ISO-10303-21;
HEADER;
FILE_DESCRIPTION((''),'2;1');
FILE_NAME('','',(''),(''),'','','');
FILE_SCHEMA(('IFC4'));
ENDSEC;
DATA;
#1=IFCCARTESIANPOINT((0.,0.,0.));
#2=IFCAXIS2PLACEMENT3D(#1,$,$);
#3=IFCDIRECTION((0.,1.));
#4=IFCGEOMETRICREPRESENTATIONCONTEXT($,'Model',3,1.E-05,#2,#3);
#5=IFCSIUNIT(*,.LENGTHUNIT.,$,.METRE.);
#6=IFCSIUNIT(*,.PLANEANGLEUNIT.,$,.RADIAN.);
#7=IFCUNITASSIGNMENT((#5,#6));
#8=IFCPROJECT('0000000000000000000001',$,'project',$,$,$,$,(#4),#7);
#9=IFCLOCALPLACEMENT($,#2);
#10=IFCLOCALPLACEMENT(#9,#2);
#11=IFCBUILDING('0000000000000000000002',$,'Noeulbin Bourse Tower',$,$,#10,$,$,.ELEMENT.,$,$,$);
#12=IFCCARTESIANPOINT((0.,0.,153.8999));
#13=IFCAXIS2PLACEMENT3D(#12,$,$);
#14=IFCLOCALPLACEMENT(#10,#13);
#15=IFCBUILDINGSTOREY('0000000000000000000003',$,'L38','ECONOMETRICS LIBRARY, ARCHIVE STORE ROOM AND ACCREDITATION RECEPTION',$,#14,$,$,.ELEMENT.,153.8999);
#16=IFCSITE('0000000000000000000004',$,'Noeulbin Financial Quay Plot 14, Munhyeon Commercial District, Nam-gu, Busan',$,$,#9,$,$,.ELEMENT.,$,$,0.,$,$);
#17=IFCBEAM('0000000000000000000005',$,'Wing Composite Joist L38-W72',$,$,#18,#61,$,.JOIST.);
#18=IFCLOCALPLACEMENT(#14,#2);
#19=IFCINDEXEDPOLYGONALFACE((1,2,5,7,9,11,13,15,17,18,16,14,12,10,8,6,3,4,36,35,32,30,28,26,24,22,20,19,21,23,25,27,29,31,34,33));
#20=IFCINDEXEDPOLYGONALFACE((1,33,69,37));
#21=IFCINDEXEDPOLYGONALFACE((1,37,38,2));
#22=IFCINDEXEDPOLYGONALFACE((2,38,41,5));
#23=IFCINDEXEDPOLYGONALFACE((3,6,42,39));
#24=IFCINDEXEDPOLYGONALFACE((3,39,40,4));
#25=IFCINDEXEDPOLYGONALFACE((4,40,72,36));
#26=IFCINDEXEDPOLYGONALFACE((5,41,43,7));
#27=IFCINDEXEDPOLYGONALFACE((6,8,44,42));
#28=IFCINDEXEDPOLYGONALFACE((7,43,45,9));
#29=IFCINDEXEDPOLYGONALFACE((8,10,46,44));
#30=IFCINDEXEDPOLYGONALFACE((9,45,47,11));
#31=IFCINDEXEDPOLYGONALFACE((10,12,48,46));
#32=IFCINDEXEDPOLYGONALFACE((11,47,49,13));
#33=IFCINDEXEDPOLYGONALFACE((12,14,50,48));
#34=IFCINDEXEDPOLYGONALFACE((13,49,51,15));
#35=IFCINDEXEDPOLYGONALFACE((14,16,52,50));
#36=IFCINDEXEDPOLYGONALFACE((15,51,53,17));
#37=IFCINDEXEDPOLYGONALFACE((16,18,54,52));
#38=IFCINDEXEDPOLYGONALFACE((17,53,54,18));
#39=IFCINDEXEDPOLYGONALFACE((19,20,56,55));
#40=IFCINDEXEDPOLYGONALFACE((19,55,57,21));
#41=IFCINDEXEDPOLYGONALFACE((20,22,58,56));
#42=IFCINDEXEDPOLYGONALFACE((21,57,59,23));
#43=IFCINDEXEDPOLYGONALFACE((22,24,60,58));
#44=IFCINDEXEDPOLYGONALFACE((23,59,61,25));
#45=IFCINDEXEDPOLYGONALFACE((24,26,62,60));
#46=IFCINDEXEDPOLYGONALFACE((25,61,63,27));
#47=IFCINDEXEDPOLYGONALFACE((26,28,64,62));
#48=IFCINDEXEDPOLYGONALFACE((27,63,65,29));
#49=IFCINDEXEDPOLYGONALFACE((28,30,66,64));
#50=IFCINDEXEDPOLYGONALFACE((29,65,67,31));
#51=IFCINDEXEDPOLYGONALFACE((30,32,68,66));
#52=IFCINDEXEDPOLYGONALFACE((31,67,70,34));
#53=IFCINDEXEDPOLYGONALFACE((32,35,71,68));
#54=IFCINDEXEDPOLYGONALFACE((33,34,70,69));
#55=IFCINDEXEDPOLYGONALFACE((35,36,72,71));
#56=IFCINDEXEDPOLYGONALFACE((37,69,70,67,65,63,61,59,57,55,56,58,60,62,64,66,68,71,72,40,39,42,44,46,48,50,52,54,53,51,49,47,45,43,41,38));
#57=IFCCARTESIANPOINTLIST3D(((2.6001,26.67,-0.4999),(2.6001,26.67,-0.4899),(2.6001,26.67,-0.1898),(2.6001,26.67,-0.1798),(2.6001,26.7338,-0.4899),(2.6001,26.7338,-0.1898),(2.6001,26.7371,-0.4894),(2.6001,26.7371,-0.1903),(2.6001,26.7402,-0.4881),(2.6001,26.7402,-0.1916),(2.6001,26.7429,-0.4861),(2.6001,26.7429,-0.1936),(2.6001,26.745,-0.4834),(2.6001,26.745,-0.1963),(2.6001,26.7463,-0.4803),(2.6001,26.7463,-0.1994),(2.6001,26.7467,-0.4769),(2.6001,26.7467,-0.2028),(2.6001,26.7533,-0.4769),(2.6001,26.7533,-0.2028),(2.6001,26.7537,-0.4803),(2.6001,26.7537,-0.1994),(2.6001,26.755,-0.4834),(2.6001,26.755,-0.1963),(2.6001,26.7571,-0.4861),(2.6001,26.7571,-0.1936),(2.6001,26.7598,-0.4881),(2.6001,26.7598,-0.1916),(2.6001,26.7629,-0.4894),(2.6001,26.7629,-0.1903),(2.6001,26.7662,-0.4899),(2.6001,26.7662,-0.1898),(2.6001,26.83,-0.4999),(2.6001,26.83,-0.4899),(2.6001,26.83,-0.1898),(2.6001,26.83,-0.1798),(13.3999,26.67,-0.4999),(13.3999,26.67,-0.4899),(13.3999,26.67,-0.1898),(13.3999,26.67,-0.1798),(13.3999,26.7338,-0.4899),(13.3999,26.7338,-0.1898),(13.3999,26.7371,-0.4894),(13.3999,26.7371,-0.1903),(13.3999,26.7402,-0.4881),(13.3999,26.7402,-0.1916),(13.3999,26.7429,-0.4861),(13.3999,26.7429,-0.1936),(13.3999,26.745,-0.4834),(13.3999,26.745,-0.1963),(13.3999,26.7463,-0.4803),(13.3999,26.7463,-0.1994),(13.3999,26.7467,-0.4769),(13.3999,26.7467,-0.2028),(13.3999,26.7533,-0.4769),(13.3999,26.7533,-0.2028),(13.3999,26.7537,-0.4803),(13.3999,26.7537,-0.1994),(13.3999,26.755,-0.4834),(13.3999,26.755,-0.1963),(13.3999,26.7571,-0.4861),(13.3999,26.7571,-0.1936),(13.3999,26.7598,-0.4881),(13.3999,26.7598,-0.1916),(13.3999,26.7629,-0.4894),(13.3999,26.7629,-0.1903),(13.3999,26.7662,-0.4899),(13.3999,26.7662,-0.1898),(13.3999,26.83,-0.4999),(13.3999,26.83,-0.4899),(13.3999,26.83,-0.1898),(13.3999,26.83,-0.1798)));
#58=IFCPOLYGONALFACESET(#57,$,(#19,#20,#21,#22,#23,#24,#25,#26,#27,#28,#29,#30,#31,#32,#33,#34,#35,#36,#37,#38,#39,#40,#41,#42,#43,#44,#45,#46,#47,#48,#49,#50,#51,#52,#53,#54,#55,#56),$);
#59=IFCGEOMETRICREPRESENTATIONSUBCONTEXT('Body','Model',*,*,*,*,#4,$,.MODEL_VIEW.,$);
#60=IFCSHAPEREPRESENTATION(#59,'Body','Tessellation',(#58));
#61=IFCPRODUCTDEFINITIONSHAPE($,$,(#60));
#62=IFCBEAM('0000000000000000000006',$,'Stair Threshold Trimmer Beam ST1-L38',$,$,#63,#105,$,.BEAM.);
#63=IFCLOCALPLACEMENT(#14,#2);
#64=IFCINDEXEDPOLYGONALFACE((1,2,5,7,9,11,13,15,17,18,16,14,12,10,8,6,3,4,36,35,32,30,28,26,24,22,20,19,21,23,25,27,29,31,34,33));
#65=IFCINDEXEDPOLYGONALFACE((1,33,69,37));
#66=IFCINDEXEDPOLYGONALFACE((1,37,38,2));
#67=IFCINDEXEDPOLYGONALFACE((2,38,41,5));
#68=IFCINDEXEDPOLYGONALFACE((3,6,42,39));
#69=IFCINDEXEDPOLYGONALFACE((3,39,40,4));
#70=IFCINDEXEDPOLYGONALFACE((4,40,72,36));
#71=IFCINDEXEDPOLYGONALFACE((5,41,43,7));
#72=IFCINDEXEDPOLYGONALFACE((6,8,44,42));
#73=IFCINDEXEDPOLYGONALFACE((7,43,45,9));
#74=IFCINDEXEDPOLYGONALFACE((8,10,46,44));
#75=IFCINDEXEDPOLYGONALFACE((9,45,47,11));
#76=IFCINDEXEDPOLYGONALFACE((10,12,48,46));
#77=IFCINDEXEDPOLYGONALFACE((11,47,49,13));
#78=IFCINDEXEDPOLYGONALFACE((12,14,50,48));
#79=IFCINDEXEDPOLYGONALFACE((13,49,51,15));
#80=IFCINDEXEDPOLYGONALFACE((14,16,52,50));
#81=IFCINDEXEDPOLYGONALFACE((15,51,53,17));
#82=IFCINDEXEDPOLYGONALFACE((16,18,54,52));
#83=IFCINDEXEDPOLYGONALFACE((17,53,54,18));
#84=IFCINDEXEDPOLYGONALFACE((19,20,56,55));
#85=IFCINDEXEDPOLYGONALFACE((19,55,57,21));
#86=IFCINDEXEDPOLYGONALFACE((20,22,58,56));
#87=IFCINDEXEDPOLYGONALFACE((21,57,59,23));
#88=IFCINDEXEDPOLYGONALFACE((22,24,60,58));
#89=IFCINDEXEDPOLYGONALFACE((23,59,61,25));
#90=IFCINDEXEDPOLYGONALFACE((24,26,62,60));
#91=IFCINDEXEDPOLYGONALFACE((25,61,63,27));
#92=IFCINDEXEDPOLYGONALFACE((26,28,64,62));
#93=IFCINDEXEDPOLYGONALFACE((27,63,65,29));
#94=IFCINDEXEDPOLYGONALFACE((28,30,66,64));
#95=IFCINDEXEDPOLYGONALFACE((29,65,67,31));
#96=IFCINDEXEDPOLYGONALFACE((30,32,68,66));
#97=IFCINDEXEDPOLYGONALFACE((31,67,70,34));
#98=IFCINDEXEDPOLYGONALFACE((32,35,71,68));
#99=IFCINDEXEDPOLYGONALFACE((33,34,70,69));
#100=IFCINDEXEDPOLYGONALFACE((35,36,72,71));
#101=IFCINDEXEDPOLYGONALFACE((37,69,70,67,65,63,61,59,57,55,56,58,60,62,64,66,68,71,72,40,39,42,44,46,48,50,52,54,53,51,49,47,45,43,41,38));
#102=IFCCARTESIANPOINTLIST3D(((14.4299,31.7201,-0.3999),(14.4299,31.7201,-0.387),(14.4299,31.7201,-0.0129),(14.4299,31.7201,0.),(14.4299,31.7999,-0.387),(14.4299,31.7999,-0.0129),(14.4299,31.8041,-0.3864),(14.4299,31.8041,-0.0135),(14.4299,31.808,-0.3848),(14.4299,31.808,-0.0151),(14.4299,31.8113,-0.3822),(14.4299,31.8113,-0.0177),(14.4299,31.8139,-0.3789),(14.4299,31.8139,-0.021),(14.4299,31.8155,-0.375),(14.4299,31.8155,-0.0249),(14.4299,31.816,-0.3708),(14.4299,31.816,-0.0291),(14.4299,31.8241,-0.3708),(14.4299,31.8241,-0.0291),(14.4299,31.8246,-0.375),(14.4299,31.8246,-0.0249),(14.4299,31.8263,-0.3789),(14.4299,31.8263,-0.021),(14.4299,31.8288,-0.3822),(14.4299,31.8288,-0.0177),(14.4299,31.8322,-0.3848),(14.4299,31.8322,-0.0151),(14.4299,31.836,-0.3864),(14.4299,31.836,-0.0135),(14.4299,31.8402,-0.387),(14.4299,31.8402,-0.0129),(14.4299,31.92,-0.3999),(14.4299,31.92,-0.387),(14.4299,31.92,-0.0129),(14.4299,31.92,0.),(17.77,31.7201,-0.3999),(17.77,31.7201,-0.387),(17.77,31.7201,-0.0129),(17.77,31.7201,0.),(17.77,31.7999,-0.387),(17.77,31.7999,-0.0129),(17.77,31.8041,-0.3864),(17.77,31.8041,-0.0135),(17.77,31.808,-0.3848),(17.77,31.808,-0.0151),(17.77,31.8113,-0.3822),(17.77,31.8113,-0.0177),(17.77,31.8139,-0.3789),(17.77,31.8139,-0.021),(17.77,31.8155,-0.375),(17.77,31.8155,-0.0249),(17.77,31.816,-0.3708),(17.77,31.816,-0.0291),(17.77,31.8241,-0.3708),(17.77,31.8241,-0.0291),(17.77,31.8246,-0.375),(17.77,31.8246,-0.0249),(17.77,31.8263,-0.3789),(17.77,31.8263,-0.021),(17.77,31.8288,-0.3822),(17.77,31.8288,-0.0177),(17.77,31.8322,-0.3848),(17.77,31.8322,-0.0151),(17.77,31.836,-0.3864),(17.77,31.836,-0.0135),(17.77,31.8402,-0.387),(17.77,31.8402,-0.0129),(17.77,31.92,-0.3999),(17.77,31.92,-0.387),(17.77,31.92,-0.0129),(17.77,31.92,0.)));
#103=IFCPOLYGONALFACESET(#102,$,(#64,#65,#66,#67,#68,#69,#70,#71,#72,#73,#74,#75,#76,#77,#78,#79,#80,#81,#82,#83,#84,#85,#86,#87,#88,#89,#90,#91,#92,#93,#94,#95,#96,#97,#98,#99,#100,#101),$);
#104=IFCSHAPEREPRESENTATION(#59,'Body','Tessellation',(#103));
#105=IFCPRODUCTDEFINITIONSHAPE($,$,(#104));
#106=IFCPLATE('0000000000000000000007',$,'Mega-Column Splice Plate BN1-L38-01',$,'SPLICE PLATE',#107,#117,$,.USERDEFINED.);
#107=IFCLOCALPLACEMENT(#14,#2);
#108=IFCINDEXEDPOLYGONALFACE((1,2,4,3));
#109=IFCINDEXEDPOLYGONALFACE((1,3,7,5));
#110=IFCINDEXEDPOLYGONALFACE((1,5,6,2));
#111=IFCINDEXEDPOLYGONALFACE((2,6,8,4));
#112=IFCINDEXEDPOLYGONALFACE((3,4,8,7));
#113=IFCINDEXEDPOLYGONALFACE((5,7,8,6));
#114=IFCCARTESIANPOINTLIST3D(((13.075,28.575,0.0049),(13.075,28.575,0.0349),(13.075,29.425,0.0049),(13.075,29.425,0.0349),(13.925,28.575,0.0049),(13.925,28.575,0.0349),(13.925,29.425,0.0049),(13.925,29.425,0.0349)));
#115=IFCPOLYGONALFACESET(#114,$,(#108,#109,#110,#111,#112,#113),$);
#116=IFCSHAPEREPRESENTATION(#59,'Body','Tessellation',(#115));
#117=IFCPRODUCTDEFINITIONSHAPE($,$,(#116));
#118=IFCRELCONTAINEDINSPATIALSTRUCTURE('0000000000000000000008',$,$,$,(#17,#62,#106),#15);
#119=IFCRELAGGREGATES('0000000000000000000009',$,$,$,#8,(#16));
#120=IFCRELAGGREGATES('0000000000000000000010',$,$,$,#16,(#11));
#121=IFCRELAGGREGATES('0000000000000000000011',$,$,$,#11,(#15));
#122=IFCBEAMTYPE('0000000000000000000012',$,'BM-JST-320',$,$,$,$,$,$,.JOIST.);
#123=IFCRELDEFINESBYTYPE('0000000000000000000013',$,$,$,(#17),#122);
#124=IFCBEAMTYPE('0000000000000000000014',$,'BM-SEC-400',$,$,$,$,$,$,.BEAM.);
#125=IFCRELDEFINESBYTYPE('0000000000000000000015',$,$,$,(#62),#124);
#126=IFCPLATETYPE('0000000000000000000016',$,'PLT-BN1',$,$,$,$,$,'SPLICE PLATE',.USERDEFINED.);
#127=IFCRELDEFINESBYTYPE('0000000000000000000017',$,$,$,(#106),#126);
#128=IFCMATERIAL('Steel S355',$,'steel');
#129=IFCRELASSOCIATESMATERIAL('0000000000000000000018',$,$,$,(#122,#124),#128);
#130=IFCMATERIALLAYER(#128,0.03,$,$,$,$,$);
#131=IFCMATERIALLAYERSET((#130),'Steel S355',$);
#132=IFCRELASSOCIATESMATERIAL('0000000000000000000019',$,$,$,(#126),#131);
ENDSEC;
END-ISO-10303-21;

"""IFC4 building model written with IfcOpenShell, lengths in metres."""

from ifc_helpers import new_model, si_unit, direction, frame, origin, origin_2d, place, context, subcontext, project, spatial, rectangle, i_section, extrude, material, layer, layer_set, material_profile, profile_set, type_object, element, save


model = new_model("IFC4")

# Units and contexts
model_context = context("Model", 3, precision=1e-05, world=origin(), true_north=direction((0.0, 1.0)))
body_context = subcontext(model_context, "Body", "Model", "MODEL_VIEW")
ifc_project = project(units=[si_unit("LENGTHUNIT", "METRE"), si_unit("PLANEANGLEUNIT", "RADIAN")], contexts=[model_context])

# Site, building, storey
site_placement = place(None, origin())
site = spatial("IfcSite", under=ifc_project, at=site_placement, Name="Noeulbin Financial Quay Plot 14, Munhyeon Commercial District, Nam-gu, Busan", CompositionType="ELEMENT", RefElevation=0.0)
building_placement = place(site_placement, origin())
building = spatial("IfcBuilding", under=site, at=building_placement, Name="Noeulbin Bourse Tower", CompositionType="ELEMENT")
storey_placement = place(building_placement, frame((0.0, 0.0, 153.8999)))
storey = spatial("IfcBuildingStorey", under=building, at=storey_placement, Name="L38", Description="ECONOMETRICS LIBRARY, ARCHIVE STORE ROOM AND ACCREDITATION RECEPTION", CompositionType="ELEMENT", Elevation=153.8999)

# Beams
ifc_material_1 = material(Name="Steel S355", Category="steel")
ifc_material_profile_1 = material_profile(ifc_material_1, i_section(OverallWidth=0.1599, OverallDepth=0.3201, WebThickness=0.0066, FlangeThickness=0.01, FilletRadius=0.0129, at=origin_2d()), Name="H-320x160x6.5x10", Category="LoadBearing")
ifc_profile_set_1 = profile_set([ifc_material_profile_1], Name="Steel S355")
beam_type_1 = type_object("IfcBeamType", Name="BM-JST-320", PredefinedType="JOIST", material=ifc_profile_set_1)
beam_1_placement = place(storey_placement, frame((2.6001, 26.75, -0.3398), z_axis=(1.0, 0.0, 0.0), x_axis=(0.0, 1.0, 0.0)))
element("IfcBeam", 1, at=beam_1_placement, inside=storey, type_object=beam_type_1, Name="Wing Composite Joist L38-W72", PredefinedType="JOIST", context=body_context, shape_type="SweptSolid", body=[
    extrude(i_section(OverallWidth=0.1599, OverallDepth=0.3201, WebThickness=0.0066, FlangeThickness=0.01, FilletRadius=0.0129, at=origin_2d()), origin(), (0.0, 0.0, 1.0), 10.7998),
])
ifc_material_profile_2 = material_profile(ifc_material_1, i_section(OverallWidth=0.2, OverallDepth=0.3999, WebThickness=0.0081, FlangeThickness=0.0129, FilletRadius=0.0161, at=origin_2d()), Name="H-400x200x8x13", Category="LoadBearing")
ifc_profile_set_2 = profile_set([ifc_material_profile_2], Name="Steel S355")
beam_type_2 = type_object("IfcBeamType", Name="BM-SEC-400", PredefinedType="BEAM", material=ifc_profile_set_2)
beam_2_placement = place(storey_placement, frame((14.4299, 31.8201, -0.2), z_axis=(1.0, 0.0, 0.0), x_axis=(0.0, 1.0, 0.0)))
element("IfcBeam", 2, at=beam_2_placement, inside=storey, type_object=beam_type_2, Name="Stair Threshold Trimmer Beam ST1-L38", PredefinedType="BEAM", context=body_context, shape_type="SweptSolid", body=[
    extrude(i_section(OverallWidth=0.2, OverallDepth=0.3999, WebThickness=0.0081, FlangeThickness=0.0129, FilletRadius=0.0161, at=origin_2d()), origin(), (0.0, 0.0, 1.0), 3.3401),
])

# Plate
ifc_layer_1 = layer(ifc_material_1, 0.03)
ifc_layer_set_1 = layer_set([ifc_layer_1], Name="Steel S355")
plate_type = type_object("IfcPlateType", Name="PLT-BN1", ElementType="SPLICE PLATE", PredefinedType="USERDEFINED", material=ifc_layer_set_1)
plate_placement = place(storey_placement, frame((13.5, 29.0, 0.0049), z_axis=(0.0, 0.0, 1.0), x_axis=(1.0, 0.0, 0.0)))
element("IfcPlate", 3, at=plate_placement, inside=storey, type_object=plate_type, Name="Mega-Column Splice Plate BN1-L38-01", ObjectType="SPLICE PLATE", PredefinedType="USERDEFINED", context=body_context, shape_type="SweptSolid", body=[
    extrude(rectangle(XDim=0.8501, YDim=0.8501, at=origin_2d()), origin(), (0.0, 0.0, 1.0), 0.03),
])

save(model, "model.ifc")
